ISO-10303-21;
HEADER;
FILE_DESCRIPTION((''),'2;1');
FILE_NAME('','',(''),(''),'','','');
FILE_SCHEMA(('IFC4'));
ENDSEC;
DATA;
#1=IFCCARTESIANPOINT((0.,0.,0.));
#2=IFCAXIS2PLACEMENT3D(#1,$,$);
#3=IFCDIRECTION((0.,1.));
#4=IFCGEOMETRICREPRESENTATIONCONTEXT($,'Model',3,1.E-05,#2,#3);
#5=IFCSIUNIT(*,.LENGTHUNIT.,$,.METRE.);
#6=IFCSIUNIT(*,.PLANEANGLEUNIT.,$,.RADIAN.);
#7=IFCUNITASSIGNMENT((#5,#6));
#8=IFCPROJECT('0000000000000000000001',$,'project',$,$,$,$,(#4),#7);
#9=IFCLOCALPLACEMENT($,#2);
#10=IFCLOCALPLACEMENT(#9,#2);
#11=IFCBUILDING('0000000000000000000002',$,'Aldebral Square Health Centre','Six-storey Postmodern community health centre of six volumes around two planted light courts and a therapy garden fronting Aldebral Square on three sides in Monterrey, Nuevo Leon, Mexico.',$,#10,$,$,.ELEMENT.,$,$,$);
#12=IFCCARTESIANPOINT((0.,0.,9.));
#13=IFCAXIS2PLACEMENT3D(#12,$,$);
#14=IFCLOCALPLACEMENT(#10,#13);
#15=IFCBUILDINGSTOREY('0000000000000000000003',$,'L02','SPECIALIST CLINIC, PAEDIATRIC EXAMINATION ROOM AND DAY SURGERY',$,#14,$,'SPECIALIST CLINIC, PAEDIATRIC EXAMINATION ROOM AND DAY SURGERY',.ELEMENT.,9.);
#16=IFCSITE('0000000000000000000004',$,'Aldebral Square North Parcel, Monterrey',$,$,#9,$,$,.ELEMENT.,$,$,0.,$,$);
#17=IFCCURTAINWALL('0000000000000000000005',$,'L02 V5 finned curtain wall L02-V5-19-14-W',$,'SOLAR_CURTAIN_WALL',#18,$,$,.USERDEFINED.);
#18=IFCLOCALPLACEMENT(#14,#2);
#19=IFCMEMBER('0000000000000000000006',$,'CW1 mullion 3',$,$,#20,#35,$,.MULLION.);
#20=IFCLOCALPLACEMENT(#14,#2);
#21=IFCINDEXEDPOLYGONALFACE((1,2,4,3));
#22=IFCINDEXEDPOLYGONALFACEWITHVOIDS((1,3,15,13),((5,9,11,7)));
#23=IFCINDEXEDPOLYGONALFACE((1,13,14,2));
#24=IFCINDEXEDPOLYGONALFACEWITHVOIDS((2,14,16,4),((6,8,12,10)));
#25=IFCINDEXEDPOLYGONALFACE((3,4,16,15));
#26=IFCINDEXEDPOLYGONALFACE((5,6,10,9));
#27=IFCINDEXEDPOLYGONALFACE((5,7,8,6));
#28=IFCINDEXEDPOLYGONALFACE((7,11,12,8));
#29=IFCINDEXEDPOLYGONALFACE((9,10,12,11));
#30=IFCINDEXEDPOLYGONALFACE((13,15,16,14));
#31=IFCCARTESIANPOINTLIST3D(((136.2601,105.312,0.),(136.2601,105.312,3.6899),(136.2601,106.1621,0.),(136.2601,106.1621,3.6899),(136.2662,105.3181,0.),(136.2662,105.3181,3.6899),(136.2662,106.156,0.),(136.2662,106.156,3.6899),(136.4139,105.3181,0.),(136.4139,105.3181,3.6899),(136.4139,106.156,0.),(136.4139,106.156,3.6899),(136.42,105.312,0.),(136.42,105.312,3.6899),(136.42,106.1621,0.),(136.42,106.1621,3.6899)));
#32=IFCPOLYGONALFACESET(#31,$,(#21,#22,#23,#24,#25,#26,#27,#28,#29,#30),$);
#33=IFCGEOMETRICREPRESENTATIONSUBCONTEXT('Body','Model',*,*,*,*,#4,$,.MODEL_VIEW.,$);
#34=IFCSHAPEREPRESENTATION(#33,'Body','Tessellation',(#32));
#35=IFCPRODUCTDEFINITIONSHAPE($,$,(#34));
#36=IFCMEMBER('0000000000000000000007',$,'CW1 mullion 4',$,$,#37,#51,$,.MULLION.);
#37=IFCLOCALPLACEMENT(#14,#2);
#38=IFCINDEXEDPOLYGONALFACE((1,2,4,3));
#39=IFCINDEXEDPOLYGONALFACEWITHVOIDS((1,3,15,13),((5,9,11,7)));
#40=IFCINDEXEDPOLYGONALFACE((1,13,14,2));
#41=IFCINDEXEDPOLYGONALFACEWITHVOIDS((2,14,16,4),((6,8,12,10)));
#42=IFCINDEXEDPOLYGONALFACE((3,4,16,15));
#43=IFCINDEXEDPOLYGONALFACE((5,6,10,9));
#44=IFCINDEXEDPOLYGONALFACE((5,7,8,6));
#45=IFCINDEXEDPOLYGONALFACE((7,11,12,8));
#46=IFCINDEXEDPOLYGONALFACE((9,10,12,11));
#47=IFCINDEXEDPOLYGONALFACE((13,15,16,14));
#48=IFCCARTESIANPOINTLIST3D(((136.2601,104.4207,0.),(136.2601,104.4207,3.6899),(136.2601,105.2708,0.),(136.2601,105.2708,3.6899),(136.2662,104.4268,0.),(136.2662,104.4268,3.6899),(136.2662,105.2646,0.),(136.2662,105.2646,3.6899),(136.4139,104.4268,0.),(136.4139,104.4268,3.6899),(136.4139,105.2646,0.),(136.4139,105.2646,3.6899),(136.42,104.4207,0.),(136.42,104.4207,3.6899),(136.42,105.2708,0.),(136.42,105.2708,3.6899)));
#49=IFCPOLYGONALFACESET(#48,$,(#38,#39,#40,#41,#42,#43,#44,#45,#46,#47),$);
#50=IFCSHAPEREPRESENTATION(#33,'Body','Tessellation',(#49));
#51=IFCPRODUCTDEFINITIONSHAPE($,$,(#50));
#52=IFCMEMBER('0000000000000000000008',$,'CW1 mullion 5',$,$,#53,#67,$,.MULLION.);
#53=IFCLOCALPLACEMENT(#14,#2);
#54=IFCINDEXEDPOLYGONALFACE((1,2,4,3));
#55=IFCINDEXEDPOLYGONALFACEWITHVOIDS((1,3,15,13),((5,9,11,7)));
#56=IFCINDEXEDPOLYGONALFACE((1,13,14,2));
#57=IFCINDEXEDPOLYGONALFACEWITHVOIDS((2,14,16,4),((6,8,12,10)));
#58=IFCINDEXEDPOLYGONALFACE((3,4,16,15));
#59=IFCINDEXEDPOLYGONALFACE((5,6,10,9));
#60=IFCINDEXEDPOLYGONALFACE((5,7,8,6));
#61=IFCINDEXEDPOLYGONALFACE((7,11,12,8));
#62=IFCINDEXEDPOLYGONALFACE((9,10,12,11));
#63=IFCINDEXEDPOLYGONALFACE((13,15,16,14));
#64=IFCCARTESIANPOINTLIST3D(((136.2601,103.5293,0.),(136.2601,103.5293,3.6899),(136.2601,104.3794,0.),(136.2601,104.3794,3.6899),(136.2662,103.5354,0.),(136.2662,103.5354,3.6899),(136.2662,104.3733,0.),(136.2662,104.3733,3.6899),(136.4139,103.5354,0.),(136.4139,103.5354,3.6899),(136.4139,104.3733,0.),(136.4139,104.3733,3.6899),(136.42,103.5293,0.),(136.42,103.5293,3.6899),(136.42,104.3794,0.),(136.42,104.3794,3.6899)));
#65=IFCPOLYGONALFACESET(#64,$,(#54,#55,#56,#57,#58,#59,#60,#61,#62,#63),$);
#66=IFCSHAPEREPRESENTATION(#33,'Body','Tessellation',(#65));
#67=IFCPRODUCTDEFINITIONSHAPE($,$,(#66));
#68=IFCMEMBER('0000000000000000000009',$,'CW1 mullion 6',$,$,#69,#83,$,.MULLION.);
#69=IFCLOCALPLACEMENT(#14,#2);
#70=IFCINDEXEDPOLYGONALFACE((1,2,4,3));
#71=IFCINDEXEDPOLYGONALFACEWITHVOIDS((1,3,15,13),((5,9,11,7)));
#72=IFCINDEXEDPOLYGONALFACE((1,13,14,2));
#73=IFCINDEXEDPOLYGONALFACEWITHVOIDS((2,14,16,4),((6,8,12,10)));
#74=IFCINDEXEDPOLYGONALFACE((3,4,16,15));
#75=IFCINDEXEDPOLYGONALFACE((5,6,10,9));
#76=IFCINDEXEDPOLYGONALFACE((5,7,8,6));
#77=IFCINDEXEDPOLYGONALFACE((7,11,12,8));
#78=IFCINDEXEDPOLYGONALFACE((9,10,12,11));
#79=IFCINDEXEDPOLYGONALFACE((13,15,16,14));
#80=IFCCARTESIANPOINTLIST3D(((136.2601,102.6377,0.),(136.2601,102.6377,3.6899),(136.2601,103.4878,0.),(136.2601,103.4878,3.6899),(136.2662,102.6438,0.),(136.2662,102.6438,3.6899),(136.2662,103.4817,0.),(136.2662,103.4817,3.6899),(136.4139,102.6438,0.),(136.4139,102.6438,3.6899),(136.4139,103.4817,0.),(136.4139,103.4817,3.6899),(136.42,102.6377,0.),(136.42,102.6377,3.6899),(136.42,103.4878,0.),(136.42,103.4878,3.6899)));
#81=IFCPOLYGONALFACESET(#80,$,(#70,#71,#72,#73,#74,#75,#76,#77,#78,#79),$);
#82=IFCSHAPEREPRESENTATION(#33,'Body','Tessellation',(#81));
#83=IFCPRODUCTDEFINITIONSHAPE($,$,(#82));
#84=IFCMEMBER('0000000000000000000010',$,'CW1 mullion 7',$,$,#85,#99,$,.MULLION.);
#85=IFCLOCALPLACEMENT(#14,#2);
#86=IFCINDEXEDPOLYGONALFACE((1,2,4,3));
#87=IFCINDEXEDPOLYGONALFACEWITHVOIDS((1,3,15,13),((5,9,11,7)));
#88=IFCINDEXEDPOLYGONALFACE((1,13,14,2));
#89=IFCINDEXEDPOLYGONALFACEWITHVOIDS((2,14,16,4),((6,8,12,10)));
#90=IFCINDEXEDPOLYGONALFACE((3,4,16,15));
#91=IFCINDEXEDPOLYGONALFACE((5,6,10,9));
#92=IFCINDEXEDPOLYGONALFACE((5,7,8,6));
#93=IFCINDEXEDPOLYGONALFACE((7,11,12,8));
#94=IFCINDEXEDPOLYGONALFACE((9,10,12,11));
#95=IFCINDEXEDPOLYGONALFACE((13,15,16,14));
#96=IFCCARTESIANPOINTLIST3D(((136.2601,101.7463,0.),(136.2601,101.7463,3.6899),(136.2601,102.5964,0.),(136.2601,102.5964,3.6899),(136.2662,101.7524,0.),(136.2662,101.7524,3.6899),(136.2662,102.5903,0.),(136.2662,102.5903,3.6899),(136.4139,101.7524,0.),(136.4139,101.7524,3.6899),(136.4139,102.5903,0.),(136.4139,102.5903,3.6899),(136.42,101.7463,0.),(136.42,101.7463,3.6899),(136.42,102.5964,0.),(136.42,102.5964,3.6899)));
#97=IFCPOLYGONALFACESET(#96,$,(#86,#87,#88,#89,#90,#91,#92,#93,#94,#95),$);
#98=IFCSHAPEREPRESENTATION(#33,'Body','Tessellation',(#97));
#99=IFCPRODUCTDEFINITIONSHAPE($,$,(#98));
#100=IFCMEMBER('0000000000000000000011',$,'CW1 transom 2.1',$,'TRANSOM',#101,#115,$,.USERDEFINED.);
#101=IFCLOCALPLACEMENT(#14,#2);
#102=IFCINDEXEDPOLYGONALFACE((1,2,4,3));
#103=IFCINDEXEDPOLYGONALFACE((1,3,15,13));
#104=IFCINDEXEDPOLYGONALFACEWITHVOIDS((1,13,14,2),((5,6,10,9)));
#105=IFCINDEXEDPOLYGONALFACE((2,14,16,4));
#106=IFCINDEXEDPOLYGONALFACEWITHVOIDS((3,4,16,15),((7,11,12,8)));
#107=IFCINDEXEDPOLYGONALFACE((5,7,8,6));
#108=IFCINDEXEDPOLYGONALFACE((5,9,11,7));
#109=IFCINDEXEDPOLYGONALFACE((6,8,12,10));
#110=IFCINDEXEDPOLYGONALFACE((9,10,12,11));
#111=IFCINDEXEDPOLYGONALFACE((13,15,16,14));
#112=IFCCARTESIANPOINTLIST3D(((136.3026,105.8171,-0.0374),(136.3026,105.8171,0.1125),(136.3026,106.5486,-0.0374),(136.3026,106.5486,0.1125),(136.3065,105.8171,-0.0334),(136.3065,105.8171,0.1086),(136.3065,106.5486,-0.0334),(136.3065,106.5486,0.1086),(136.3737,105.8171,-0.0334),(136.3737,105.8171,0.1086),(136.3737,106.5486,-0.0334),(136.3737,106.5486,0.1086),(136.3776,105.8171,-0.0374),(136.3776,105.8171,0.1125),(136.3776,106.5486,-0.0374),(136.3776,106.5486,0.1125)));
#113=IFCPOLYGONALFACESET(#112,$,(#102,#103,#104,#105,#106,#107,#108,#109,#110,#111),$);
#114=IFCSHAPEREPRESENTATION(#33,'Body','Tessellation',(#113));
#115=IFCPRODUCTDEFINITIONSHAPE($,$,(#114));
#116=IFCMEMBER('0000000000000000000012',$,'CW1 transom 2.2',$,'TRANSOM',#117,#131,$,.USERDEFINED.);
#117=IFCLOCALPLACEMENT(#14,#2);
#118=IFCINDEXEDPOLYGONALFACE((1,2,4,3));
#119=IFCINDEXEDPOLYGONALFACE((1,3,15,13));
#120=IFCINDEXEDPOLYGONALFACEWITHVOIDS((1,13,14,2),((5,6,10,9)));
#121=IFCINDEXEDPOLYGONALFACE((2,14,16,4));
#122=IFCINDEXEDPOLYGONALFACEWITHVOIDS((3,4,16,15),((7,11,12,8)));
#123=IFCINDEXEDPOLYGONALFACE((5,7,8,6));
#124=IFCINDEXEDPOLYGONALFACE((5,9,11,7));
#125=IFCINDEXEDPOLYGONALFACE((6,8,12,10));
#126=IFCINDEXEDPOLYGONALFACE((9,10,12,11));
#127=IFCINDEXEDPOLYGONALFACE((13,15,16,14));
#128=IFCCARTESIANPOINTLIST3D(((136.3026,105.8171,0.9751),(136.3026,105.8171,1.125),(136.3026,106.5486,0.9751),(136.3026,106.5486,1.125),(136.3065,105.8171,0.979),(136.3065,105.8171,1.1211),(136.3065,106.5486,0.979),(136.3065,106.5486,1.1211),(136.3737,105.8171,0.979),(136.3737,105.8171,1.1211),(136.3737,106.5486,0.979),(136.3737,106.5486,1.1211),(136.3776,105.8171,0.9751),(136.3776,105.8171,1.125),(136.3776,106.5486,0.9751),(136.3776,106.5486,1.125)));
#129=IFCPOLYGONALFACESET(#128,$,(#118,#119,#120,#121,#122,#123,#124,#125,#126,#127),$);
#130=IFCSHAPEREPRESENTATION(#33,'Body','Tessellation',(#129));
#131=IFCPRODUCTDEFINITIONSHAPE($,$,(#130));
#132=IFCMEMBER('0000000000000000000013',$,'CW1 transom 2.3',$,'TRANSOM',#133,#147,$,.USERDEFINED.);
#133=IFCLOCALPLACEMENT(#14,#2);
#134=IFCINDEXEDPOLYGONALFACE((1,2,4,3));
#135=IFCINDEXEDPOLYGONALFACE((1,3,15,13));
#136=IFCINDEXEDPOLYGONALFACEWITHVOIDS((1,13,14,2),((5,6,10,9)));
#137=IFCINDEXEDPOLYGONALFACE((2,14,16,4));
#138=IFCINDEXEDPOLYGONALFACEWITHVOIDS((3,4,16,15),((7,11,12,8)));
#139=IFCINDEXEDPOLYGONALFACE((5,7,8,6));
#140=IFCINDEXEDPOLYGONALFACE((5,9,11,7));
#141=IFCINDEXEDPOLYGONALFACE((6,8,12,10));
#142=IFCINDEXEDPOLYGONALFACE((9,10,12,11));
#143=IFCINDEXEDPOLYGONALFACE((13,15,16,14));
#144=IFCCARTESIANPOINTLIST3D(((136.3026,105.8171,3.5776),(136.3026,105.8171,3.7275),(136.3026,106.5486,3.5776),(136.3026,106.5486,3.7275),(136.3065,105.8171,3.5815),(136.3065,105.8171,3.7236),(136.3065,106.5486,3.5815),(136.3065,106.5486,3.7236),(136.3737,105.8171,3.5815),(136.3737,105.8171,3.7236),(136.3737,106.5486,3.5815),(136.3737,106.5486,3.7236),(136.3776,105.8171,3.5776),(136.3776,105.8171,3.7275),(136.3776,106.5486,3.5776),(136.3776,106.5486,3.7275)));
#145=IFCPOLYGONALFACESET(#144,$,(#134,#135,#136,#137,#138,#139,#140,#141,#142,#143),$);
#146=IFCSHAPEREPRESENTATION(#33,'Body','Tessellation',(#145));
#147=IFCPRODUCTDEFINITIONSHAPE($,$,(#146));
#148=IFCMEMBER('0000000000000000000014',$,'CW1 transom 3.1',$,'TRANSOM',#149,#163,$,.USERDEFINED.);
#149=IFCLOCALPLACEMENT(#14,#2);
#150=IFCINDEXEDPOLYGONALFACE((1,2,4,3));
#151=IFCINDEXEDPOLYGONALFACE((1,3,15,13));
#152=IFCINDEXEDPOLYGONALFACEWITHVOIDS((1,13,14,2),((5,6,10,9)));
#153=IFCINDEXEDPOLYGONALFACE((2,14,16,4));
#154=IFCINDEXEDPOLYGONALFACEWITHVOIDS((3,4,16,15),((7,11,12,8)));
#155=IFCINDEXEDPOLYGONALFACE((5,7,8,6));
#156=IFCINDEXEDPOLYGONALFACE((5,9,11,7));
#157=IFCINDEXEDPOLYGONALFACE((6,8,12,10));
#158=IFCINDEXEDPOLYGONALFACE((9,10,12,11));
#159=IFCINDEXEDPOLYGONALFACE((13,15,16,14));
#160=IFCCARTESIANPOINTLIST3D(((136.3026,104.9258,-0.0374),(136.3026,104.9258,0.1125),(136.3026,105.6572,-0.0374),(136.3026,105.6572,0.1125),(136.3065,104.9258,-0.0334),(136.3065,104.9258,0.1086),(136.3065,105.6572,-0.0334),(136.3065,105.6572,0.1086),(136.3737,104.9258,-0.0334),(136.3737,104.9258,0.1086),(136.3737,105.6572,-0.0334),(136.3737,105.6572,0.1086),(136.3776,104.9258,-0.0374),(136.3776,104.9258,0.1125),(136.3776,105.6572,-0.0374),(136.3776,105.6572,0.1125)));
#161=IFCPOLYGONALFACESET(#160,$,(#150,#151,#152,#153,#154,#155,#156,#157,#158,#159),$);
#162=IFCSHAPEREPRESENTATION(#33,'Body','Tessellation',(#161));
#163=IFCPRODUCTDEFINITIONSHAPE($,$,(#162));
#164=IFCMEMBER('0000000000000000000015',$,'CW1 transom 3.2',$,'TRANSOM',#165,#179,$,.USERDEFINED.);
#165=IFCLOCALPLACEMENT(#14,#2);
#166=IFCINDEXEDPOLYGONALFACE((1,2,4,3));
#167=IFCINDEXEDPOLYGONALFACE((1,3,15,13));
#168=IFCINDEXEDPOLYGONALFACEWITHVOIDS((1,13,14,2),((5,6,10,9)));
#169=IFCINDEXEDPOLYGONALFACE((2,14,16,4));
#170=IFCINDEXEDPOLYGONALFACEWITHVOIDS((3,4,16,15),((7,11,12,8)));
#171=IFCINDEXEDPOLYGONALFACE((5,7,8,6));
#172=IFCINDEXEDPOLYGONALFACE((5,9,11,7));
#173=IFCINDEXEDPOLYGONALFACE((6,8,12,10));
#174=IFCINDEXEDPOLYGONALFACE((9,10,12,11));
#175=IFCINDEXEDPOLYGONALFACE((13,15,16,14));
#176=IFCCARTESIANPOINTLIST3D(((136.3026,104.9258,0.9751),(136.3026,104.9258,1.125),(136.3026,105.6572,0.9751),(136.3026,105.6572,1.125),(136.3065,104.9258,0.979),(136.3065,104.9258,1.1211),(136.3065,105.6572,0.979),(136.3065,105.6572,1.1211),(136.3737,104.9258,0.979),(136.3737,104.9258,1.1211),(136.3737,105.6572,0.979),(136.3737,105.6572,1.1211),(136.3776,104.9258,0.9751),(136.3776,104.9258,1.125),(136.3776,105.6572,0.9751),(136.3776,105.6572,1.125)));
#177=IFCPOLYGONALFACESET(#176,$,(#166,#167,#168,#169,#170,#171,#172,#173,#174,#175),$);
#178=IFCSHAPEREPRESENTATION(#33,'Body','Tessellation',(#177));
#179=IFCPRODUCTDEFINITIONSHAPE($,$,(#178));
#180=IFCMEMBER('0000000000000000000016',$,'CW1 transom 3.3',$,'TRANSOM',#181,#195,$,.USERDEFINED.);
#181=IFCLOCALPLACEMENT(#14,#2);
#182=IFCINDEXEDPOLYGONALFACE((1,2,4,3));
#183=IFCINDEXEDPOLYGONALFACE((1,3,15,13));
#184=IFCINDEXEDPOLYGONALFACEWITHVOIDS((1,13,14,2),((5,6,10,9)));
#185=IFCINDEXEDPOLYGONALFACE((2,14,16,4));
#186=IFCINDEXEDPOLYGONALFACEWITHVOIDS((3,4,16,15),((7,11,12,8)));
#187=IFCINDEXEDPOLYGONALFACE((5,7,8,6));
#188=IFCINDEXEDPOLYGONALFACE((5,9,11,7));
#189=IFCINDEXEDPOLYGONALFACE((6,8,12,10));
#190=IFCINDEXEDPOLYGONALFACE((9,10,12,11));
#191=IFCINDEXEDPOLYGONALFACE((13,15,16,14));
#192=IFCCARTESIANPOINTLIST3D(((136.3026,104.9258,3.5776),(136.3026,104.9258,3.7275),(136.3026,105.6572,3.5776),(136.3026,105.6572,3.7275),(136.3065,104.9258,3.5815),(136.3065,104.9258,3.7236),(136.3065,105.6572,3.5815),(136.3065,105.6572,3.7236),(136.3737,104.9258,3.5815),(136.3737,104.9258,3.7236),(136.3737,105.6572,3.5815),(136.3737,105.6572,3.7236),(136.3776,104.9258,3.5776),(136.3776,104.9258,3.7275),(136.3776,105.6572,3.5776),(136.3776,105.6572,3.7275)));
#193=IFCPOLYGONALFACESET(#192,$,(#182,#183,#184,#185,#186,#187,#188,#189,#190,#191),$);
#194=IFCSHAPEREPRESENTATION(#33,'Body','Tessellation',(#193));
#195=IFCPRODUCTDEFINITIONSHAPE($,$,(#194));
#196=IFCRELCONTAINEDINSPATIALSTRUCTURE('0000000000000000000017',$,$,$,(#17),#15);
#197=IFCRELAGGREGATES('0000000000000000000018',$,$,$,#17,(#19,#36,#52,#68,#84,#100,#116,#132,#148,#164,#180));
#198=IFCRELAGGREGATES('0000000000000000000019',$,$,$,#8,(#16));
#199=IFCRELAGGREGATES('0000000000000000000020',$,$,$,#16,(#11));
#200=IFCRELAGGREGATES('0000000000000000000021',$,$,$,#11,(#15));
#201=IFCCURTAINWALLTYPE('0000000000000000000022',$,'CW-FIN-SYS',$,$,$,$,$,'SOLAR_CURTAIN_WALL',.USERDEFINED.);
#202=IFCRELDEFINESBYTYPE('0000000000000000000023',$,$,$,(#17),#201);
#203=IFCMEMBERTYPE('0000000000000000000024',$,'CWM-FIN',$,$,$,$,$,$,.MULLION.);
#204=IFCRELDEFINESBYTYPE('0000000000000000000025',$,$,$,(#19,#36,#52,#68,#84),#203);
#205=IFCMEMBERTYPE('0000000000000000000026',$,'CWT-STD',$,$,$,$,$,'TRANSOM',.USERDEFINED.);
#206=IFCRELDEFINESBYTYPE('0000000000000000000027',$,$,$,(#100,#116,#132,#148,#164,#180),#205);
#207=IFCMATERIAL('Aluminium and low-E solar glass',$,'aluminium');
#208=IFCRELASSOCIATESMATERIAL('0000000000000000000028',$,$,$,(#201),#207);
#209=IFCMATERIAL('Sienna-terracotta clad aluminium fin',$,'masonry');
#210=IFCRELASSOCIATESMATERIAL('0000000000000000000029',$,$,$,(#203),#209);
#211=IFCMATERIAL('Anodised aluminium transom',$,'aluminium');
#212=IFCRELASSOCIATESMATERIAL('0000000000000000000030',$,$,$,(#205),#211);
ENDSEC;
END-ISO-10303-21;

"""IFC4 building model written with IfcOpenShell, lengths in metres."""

from ifc_helpers import new_model, si_unit, direction, frame, origin, origin_2d, place, context, subcontext, project, spatial, hollow_rectangle, extrude, material, material_profile, profile_set, type_object, element, aggregate, save


model = new_model("IFC4")

# Units and contexts
model_context = context("Model", 3, precision=1e-05, world=origin(), true_north=direction((0.0, 1.0)))
body_context = subcontext(model_context, "Body", "Model", "MODEL_VIEW")
ifc_project = project(units=[si_unit("LENGTHUNIT", "METRE"), si_unit("PLANEANGLEUNIT", "RADIAN")], contexts=[model_context])

# Site, building, storey
site_placement = place(None, origin())
site = spatial("IfcSite", under=ifc_project, at=site_placement, Name="Aldebral Square North Parcel, Monterrey", CompositionType="ELEMENT", RefElevation=0.0)
building_placement = place(site_placement, origin())
building = spatial("IfcBuilding", under=site, at=building_placement, Name="Aldebral Square Health Centre", Description="Six-storey Postmodern community health centre of six volumes around two planted light courts and a therapy garden fronting Aldebral Square on three sides in Monterrey, Nuevo Leon, Mexico.", CompositionType="ELEMENT")
storey_placement = place(building_placement, frame((0.0, 0.0, 9.0)))
storey = spatial("IfcBuildingStorey", under=building, at=storey_placement, Name="L02", Description="SPECIALIST CLINIC, PAEDIATRIC EXAMINATION ROOM AND DAY SURGERY", LongName="SPECIALIST CLINIC, PAEDIATRIC EXAMINATION ROOM AND DAY SURGERY", CompositionType="ELEMENT", Elevation=9.0)

# Curtain wall, members
ifc_material_1 = material(Name="Aluminium and low-E solar glass", Category="aluminium")
curtain_wall_type = type_object("IfcCurtainWallType", Name="CW-FIN-SYS", ElementType="SOLAR_CURTAIN_WALL", PredefinedType="USERDEFINED", material=ifc_material_1)
curtain_wall_placement = place(storey_placement, origin())
curtain_wall = element("IfcCurtainWall", 1, at=curtain_wall_placement, inside=storey, type_object=curtain_wall_type, Name="L02 V5 finned curtain wall L02-V5-19-14-W", ObjectType="SOLAR_CURTAIN_WALL", PredefinedType="USERDEFINED")
ifc_material_2 = material(Name="Sienna-terracotta clad aluminium fin", Category="masonry")
ifc_material_profile_1 = material_profile(ifc_material_2, hollow_rectangle(XDim=0.1599, YDim=0.8501, WallThickness=0.0061, at=origin_2d()), Name="FIN 160x850x6")
ifc_profile_set_1 = profile_set([ifc_material_profile_1], Name="Sienna-terracotta clad aluminium fin")
member_type_1 = type_object("IfcMemberType", Name="CWM-FIN", PredefinedType="MULLION", material=ifc_profile_set_1)
member_1_placement = place(storey_placement, frame((136.3401, 105.7371, 0.0), z_axis=(0.0, 0.0, 1.0), x_axis=(1.0, 0.0, 0.0)))
member_1 = element("IfcMember", 2, at=member_1_placement, type_object=member_type_1, Name="CW1 mullion 3", PredefinedType="MULLION", context=body_context, shape_type="SweptSolid", body=[
    extrude(hollow_rectangle(XDim=0.1599, YDim=0.8501, WallThickness=0.0061, at=origin_2d()), origin(), (0.0, 0.0, 1.0), 3.6899),
])
member_2_placement = place(storey_placement, frame((136.3401, 104.8457, 0.0), z_axis=(0.0, 0.0, 1.0), x_axis=(1.0, 0.0, 0.0)))
member_2 = element("IfcMember", 3, at=member_2_placement, type_object=member_type_1, Name="CW1 mullion 4", PredefinedType="MULLION", context=body_context, shape_type="SweptSolid", body=[
    extrude(hollow_rectangle(XDim=0.1599, YDim=0.8501, WallThickness=0.0061, at=origin_2d()), origin(), (0.0, 0.0, 1.0), 3.6899),
])
member_3_placement = place(storey_placement, frame((136.3401, 103.9543, 0.0), z_axis=(0.0, 0.0, 1.0), x_axis=(1.0, 0.0, 0.0)))
member_3 = element("IfcMember", 4, at=member_3_placement, type_object=member_type_1, Name="CW1 mullion 5", PredefinedType="MULLION", context=body_context, shape_type="SweptSolid", body=[
    extrude(hollow_rectangle(XDim=0.1599, YDim=0.8501, WallThickness=0.0061, at=origin_2d()), origin(), (0.0, 0.0, 1.0), 3.6899),
])
member_4_placement = place(storey_placement, frame((136.3401, 103.0627, 0.0), z_axis=(0.0, 0.0, 1.0), x_axis=(1.0, 0.0, 0.0)))
member_4 = element("IfcMember", 5, at=member_4_placement, type_object=member_type_1, Name="CW1 mullion 6", PredefinedType="MULLION", context=body_context, shape_type="SweptSolid", body=[
    extrude(hollow_rectangle(XDim=0.1599, YDim=0.8501, WallThickness=0.0061, at=origin_2d()), origin(), (0.0, 0.0, 1.0), 3.6899),
])
member_5_placement = place(storey_placement, frame((136.3401, 102.1714, 0.0), z_axis=(0.0, 0.0, 1.0), x_axis=(1.0, 0.0, 0.0)))
member_5 = element("IfcMember", 6, at=member_5_placement, type_object=member_type_1, Name="CW1 mullion 7", PredefinedType="MULLION", context=body_context, shape_type="SweptSolid", body=[
    extrude(hollow_rectangle(XDim=0.1599, YDim=0.8501, WallThickness=0.0061, at=origin_2d()), origin(), (0.0, 0.0, 1.0), 3.6899),
])
ifc_material_3 = material(Name="Anodised aluminium transom", Category="aluminium")
ifc_material_profile_2 = material_profile(ifc_material_3, hollow_rectangle(XDim=0.075, YDim=0.1499, WallThickness=0.0039, at=origin_2d()), Name="CWT 75x150x4")
ifc_profile_set_2 = profile_set([ifc_material_profile_2], Name="Anodised aluminium transom")
member_type_2 = type_object("IfcMemberType", Name="CWT-STD", ElementType="TRANSOM", PredefinedType="USERDEFINED", material=ifc_profile_set_2)
member_6_placement = place(storey_placement, frame((136.3401, 106.5486, 0.0376), z_axis=(0.0, -1.0, 0.0), x_axis=(1.0, 0.0, 0.0)))
member_6 = element("IfcMember", 7, at=member_6_placement, type_object=member_type_2, Name="CW1 transom 2.1", ObjectType="TRANSOM", PredefinedType="USERDEFINED", context=body_context, shape_type="SweptSolid", body=[
    extrude(hollow_rectangle(XDim=0.075, YDim=0.1499, WallThickness=0.0039, at=origin_2d()), origin(), (0.0, 0.0, 1.0), 0.7314),
])
member_7_placement = place(storey_placement, frame((136.3401, 106.5486, 1.05), z_axis=(0.0, -1.0, 0.0), x_axis=(1.0, 0.0, 0.0)))
member_7 = element("IfcMember", 8, at=member_7_placement, type_object=member_type_2, Name="CW1 transom 2.2", ObjectType="TRANSOM", PredefinedType="USERDEFINED", context=body_context, shape_type="SweptSolid", body=[
    extrude(hollow_rectangle(XDim=0.075, YDim=0.1499, WallThickness=0.0039, at=origin_2d()), origin(), (0.0, 0.0, 1.0), 0.7314),
])
member_8_placement = place(storey_placement, frame((136.3401, 106.5486, 3.6526), z_axis=(0.0, -1.0, 0.0), x_axis=(1.0, 0.0, 0.0)))
member_8 = element("IfcMember", 9, at=member_8_placement, type_object=member_type_2, Name="CW1 transom 2.3", ObjectType="TRANSOM", PredefinedType="USERDEFINED", context=body_context, shape_type="SweptSolid", body=[
    extrude(hollow_rectangle(XDim=0.075, YDim=0.1499, WallThickness=0.0039, at=origin_2d()), origin(), (0.0, 0.0, 1.0), 0.7314),
])
member_9_placement = place(storey_placement, frame((136.3401, 105.6572, 0.0376), z_axis=(0.0, -1.0, 0.0), x_axis=(1.0, 0.0, 0.0)))
member_9 = element("IfcMember", 10, at=member_9_placement, type_object=member_type_2, Name="CW1 transom 3.1", ObjectType="TRANSOM", PredefinedType="USERDEFINED", context=body_context, shape_type="SweptSolid", body=[
    extrude(hollow_rectangle(XDim=0.075, YDim=0.1499, WallThickness=0.0039, at=origin_2d()), origin(), (0.0, 0.0, 1.0), 0.7314),
])
member_10_placement = place(storey_placement, frame((136.3401, 105.6572, 1.05), z_axis=(0.0, -1.0, 0.0), x_axis=(1.0, 0.0, 0.0)))
member_10 = element("IfcMember", 11, at=member_10_placement, type_object=member_type_2, Name="CW1 transom 3.2", ObjectType="TRANSOM", PredefinedType="USERDEFINED", context=body_context, shape_type="SweptSolid", body=[
    extrude(hollow_rectangle(XDim=0.075, YDim=0.1499, WallThickness=0.0039, at=origin_2d()), origin(), (0.0, 0.0, 1.0), 0.7314),
])
member_11_placement = place(storey_placement, frame((136.3401, 105.6572, 3.6526), z_axis=(0.0, -1.0, 0.0), x_axis=(1.0, 0.0, 0.0)))
member_11 = element("IfcMember", 12, at=member_11_placement, type_object=member_type_2, Name="CW1 transom 3.3", ObjectType="TRANSOM", PredefinedType="USERDEFINED", context=body_context, shape_type="SweptSolid", body=[
    extrude(hollow_rectangle(XDim=0.075, YDim=0.1499, WallThickness=0.0039, at=origin_2d()), origin(), (0.0, 0.0, 1.0), 0.7314),
])
aggregate(curtain_wall, [member_1, member_2, member_3, member_4, member_5, member_6, member_7, member_8, member_9, member_10, member_11])

save(model, "model.ifc")
